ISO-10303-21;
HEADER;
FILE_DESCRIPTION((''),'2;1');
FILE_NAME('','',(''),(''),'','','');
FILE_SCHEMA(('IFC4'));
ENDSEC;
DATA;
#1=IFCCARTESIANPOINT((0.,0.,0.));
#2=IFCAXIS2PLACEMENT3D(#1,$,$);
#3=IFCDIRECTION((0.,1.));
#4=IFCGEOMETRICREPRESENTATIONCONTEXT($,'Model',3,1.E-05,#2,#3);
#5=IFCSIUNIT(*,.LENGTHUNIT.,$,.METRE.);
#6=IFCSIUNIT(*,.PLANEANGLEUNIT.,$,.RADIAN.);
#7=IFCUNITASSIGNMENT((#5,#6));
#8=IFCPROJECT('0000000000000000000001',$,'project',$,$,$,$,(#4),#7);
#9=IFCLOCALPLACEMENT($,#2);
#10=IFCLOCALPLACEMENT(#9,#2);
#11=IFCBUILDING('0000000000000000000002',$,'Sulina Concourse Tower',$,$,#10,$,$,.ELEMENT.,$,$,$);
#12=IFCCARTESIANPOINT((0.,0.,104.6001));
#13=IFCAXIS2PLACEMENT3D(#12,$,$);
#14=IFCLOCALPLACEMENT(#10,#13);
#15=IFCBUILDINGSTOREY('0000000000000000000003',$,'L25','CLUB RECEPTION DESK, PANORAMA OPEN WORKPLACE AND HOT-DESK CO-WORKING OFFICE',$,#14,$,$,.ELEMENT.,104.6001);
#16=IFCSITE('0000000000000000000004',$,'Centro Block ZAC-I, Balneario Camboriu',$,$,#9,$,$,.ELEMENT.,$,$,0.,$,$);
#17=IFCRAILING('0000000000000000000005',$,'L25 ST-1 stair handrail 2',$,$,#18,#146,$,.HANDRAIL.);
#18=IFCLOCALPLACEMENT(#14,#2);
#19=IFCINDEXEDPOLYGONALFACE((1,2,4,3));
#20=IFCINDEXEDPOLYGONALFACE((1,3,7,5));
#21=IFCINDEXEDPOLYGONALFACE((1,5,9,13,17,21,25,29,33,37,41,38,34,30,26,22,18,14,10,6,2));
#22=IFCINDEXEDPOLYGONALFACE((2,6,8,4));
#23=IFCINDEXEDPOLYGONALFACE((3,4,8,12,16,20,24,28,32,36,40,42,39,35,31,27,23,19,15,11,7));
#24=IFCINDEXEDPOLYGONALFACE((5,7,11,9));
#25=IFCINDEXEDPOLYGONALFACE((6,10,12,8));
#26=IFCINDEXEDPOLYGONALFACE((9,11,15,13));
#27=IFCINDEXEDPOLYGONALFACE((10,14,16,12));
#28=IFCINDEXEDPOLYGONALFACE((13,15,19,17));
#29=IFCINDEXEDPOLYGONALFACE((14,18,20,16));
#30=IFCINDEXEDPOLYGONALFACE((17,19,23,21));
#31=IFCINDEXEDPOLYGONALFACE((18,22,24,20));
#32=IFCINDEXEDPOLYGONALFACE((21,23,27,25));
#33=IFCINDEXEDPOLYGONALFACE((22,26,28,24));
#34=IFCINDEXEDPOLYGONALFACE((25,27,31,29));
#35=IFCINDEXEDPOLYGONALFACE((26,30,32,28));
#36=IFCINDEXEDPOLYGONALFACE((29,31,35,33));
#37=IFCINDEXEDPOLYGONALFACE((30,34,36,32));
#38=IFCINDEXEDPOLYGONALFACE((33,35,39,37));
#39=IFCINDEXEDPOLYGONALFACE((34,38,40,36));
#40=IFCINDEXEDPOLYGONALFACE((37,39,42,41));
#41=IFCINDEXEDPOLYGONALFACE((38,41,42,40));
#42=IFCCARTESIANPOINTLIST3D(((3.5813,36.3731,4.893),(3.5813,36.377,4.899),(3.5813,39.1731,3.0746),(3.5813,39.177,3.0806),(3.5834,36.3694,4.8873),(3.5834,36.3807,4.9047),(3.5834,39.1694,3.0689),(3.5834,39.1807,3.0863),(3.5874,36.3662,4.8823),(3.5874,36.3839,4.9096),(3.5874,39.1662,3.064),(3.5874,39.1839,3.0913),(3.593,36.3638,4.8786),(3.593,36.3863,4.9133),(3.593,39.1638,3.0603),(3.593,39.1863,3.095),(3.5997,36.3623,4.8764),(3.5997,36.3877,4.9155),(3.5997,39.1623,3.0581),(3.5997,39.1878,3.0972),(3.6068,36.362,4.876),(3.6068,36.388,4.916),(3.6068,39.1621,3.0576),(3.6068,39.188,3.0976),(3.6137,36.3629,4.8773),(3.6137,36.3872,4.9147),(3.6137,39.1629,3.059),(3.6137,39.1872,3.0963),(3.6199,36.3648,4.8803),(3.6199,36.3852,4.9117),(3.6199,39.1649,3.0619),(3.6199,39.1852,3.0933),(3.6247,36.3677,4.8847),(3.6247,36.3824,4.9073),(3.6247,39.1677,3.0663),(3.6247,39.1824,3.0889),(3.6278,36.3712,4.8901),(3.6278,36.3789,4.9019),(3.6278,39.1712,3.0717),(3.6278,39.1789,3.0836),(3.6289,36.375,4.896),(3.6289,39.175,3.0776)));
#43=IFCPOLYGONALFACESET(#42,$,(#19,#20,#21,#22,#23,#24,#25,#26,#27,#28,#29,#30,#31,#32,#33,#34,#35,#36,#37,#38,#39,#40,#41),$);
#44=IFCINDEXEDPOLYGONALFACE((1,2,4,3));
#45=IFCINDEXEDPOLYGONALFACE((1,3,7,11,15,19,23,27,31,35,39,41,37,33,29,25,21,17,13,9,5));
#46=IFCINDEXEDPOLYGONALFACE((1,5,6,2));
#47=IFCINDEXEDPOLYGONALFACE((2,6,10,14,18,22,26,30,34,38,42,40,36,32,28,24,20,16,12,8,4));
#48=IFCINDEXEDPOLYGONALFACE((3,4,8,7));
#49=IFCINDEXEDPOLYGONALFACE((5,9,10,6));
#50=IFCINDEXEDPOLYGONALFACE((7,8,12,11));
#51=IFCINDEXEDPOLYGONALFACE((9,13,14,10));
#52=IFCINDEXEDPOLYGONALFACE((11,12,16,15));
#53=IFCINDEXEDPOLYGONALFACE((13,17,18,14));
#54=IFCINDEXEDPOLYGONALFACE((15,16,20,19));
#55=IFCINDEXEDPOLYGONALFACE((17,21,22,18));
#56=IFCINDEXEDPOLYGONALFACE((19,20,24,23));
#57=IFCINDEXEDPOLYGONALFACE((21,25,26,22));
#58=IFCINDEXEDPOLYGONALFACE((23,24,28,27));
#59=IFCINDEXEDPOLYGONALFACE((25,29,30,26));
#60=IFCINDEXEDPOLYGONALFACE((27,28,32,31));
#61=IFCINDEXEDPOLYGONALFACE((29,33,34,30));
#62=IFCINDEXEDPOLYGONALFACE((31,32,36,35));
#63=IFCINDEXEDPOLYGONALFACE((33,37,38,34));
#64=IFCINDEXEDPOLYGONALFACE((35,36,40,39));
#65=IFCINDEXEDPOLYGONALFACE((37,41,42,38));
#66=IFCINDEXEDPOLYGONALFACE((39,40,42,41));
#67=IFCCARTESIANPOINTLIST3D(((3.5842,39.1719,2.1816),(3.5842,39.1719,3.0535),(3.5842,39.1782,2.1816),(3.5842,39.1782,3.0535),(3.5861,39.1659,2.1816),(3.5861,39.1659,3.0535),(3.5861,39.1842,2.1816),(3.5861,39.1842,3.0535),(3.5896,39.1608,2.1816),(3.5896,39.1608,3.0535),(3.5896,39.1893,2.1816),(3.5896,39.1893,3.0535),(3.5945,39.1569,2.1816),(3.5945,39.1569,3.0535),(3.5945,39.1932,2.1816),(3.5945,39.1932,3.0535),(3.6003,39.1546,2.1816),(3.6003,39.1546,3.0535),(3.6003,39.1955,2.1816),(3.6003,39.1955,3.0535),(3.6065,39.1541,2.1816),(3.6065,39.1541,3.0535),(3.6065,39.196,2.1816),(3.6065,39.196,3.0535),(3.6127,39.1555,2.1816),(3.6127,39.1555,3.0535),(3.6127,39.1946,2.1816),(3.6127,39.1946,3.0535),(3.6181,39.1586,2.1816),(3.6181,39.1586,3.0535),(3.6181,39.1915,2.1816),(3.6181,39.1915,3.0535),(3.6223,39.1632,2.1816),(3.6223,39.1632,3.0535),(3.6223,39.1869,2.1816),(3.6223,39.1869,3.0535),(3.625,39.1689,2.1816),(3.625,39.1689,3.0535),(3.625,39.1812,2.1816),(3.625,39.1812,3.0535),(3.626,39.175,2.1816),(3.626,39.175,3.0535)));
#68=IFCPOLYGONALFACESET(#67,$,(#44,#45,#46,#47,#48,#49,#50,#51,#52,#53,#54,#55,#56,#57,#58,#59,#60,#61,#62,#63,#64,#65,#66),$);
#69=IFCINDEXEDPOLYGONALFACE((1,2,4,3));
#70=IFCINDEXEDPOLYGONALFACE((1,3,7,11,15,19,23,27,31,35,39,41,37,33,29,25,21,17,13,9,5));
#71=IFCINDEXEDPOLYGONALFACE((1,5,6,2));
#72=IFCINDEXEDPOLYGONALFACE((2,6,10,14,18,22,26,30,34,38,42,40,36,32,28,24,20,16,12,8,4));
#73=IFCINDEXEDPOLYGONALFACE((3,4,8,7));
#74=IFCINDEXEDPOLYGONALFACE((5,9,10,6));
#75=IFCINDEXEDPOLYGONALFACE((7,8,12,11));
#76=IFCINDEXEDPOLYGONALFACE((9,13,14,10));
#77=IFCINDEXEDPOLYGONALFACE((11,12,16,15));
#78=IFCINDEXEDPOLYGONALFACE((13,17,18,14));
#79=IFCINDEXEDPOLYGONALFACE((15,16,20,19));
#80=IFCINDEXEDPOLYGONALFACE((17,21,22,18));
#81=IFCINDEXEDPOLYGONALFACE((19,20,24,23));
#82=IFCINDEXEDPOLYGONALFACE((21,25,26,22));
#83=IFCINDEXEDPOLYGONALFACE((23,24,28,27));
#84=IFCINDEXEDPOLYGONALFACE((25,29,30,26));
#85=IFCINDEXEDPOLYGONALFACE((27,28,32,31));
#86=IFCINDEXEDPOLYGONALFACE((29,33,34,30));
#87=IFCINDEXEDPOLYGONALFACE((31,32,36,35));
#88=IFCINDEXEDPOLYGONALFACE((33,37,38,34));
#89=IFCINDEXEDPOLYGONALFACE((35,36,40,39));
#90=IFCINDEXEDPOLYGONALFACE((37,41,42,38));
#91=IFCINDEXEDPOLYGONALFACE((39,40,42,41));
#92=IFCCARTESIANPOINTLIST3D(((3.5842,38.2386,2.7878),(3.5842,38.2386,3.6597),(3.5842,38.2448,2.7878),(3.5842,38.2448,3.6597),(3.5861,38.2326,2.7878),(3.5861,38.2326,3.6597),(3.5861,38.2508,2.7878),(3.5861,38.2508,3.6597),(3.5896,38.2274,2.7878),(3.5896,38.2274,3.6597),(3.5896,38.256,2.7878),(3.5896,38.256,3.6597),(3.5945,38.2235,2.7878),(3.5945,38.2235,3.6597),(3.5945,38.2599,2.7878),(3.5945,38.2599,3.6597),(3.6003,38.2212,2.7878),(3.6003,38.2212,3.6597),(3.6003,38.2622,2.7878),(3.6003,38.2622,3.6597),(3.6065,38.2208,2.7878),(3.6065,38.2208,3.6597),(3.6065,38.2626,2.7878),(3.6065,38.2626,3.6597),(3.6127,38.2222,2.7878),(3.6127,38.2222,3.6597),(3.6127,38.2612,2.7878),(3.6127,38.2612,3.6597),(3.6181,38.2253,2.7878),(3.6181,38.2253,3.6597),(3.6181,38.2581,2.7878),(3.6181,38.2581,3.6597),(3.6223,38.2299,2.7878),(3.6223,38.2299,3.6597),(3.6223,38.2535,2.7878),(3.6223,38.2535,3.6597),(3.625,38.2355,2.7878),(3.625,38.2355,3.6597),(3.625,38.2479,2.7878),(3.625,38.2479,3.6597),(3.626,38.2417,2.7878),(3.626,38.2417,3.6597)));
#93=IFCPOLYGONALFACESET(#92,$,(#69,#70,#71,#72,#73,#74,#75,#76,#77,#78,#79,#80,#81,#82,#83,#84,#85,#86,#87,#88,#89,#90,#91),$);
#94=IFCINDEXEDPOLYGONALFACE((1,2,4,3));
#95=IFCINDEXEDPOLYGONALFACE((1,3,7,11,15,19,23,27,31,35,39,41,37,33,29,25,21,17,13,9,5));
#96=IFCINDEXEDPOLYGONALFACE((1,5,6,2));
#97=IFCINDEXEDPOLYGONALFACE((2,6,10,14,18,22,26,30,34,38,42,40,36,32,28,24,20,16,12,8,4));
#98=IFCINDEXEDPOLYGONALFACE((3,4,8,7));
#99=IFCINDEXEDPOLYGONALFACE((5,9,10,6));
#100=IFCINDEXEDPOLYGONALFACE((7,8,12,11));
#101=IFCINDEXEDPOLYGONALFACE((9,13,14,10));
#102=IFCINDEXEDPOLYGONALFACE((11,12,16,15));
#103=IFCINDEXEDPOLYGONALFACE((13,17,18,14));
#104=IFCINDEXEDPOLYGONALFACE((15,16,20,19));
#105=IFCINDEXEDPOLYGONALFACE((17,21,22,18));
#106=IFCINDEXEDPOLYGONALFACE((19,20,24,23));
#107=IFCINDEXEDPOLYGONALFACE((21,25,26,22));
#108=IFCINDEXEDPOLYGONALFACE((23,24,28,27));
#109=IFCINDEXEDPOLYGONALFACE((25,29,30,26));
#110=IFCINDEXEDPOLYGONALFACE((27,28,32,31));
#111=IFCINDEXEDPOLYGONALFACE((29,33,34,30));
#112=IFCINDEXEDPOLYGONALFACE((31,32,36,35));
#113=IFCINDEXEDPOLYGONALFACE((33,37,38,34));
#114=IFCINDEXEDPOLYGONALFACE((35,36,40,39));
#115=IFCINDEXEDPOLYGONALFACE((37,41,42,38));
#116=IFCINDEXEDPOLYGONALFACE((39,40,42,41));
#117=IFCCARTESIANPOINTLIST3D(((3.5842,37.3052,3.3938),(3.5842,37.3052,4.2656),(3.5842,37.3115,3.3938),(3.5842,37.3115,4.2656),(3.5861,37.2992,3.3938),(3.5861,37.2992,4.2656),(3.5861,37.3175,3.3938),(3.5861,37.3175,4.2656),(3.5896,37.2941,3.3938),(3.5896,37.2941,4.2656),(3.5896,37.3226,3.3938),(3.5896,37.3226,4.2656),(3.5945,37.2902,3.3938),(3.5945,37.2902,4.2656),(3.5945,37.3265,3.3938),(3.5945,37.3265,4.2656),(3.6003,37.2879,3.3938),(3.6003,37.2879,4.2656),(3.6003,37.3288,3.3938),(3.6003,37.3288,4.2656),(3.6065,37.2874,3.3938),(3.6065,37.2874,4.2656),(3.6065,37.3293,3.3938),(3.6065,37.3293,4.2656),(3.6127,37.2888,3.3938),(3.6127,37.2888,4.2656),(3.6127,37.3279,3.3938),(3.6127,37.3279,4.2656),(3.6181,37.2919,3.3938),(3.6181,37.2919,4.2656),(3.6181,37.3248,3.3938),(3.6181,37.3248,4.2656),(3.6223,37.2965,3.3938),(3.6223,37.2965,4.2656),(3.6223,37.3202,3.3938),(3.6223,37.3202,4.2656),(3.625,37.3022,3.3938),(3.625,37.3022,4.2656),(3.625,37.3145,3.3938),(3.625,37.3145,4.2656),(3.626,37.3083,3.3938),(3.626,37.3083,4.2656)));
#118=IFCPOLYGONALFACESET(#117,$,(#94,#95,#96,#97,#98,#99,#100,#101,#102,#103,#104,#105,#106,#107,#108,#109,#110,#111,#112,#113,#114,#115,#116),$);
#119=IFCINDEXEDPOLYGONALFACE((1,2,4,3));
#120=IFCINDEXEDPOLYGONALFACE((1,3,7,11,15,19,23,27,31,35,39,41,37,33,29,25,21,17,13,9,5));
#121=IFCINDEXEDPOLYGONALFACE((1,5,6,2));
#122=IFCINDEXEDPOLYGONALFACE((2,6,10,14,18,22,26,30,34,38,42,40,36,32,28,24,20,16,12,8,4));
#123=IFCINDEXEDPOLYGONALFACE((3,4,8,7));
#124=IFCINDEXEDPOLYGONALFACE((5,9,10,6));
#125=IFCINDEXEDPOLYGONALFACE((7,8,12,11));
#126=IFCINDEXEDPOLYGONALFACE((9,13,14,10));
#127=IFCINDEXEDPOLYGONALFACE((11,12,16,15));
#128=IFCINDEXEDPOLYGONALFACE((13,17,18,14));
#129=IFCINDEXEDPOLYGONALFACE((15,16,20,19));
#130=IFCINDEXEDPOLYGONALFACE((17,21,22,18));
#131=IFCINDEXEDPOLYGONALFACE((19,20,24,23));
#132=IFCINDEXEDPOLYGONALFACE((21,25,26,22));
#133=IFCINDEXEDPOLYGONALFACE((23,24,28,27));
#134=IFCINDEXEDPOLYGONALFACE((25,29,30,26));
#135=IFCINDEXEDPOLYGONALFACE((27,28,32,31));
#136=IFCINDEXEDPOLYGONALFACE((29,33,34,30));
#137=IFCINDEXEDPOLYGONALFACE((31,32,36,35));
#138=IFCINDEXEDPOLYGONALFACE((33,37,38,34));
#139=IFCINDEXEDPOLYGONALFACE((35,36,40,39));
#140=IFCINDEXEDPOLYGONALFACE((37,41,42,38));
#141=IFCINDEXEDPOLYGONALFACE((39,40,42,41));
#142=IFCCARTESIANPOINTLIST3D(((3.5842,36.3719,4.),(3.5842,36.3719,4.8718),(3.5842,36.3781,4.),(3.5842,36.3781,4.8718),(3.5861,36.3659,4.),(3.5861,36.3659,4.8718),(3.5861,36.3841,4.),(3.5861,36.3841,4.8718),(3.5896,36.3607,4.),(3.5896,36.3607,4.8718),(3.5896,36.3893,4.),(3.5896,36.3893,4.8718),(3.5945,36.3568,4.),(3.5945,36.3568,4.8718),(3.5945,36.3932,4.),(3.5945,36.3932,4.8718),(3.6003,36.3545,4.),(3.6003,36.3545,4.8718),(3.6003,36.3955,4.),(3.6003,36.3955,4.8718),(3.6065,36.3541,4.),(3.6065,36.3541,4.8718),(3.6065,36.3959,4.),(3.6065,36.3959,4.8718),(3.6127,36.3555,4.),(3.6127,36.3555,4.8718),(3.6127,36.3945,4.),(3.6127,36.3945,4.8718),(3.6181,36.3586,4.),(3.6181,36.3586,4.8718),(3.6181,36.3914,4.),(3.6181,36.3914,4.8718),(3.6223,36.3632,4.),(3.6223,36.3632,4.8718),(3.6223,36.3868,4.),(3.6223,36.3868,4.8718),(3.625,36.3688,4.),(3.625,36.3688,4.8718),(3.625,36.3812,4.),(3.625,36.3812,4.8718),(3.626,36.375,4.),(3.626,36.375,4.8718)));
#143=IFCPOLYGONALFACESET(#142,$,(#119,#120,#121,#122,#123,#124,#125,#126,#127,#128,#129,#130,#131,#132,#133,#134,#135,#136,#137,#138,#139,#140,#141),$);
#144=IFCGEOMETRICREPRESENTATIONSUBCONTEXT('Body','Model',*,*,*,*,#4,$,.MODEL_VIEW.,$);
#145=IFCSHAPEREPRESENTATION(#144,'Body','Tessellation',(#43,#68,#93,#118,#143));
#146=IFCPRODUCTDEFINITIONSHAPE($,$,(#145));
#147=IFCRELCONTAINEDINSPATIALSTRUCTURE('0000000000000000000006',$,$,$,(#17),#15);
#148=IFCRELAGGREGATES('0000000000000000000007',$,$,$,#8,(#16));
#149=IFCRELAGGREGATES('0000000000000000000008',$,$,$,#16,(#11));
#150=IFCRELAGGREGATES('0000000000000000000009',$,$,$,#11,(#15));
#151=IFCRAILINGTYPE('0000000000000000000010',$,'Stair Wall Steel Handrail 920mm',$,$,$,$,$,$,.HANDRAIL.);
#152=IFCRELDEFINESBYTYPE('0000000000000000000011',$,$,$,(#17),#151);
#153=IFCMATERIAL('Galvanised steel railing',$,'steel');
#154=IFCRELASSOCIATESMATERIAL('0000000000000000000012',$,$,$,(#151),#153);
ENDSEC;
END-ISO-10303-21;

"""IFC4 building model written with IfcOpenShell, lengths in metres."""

from ifc_helpers import new_model, si_unit, direction, frame, origin, origin_2d, place, context, subcontext, project, spatial, circle, extrude, material, type_object, element, save


model = new_model("IFC4")

# Units and contexts
model_context = context("Model", 3, precision=1e-05, world=origin(), true_north=direction((0.0, 1.0)))
body_context = subcontext(model_context, "Body", "Model", "MODEL_VIEW")
ifc_project = project(units=[si_unit("LENGTHUNIT", "METRE"), si_unit("PLANEANGLEUNIT", "RADIAN")], contexts=[model_context])

# Site, building, storey
site_placement = place(None, origin())
site = spatial("IfcSite", under=ifc_project, at=site_placement, Name="Centro Block ZAC-I, Balneario Camboriu", CompositionType="ELEMENT", RefElevation=0.0)
building_placement = place(site_placement, origin())
building = spatial("IfcBuilding", under=site, at=building_placement, Name="Sulina Concourse Tower", CompositionType="ELEMENT")
storey_placement = place(building_placement, frame((0.0, 0.0, 104.6001)))
storey = spatial("IfcBuildingStorey", under=building, at=storey_placement, Name="L25", Description="CLUB RECEPTION DESK, PANORAMA OPEN WORKPLACE AND HOT-DESK CO-WORKING OFFICE", CompositionType="ELEMENT", Elevation=104.6001)

# Railing
ifc_material_1 = material(Name="Galvanised steel railing", Category="steel")
railing_type_1 = type_object("IfcRailingType", Name="Stair Wall Steel Handrail 920mm", PredefinedType="HANDRAIL", material=ifc_material_1)
railing_1_placement = place(storey_placement, frame((3.605, 39.175, 2.1816)))
element("IfcRailing", 1, at=railing_1_placement, inside=storey, type_object=railing_type_1, Name="L25 ST-1 stair handrail 2", PredefinedType="HANDRAIL", context=body_context, shape_type="SweptSolid", body=[
    extrude(circle(Radius=0.0239, at=origin_2d()), frame((0.0, 0.0, 0.896), z_axis=(0.0, -0.838672, 0.544636), x_axis=(1.0, 0.0, 0.0)), (0.0, 0.0, 1.0), 3.3386),
    extrude(circle(Radius=0.021, at=origin_2d()), origin(), (0.0, 0.0, 1.0), 0.8718),
    extrude(circle(Radius=0.021, at=origin_2d()), frame((0.0, -0.9333, 0.6062)), (0.0, 0.0, 1.0), 0.8718),
    extrude(circle(Radius=0.021, at=origin_2d()), frame((0.0, -1.8667, 1.2122)), (0.0, 0.0, 1.0), 0.8718),
    extrude(circle(Radius=0.021, at=origin_2d()), frame((0.0, -2.8, 1.8184)), (0.0, 0.0, 1.0), 0.8718),
])

save(model, "model.ifc")
